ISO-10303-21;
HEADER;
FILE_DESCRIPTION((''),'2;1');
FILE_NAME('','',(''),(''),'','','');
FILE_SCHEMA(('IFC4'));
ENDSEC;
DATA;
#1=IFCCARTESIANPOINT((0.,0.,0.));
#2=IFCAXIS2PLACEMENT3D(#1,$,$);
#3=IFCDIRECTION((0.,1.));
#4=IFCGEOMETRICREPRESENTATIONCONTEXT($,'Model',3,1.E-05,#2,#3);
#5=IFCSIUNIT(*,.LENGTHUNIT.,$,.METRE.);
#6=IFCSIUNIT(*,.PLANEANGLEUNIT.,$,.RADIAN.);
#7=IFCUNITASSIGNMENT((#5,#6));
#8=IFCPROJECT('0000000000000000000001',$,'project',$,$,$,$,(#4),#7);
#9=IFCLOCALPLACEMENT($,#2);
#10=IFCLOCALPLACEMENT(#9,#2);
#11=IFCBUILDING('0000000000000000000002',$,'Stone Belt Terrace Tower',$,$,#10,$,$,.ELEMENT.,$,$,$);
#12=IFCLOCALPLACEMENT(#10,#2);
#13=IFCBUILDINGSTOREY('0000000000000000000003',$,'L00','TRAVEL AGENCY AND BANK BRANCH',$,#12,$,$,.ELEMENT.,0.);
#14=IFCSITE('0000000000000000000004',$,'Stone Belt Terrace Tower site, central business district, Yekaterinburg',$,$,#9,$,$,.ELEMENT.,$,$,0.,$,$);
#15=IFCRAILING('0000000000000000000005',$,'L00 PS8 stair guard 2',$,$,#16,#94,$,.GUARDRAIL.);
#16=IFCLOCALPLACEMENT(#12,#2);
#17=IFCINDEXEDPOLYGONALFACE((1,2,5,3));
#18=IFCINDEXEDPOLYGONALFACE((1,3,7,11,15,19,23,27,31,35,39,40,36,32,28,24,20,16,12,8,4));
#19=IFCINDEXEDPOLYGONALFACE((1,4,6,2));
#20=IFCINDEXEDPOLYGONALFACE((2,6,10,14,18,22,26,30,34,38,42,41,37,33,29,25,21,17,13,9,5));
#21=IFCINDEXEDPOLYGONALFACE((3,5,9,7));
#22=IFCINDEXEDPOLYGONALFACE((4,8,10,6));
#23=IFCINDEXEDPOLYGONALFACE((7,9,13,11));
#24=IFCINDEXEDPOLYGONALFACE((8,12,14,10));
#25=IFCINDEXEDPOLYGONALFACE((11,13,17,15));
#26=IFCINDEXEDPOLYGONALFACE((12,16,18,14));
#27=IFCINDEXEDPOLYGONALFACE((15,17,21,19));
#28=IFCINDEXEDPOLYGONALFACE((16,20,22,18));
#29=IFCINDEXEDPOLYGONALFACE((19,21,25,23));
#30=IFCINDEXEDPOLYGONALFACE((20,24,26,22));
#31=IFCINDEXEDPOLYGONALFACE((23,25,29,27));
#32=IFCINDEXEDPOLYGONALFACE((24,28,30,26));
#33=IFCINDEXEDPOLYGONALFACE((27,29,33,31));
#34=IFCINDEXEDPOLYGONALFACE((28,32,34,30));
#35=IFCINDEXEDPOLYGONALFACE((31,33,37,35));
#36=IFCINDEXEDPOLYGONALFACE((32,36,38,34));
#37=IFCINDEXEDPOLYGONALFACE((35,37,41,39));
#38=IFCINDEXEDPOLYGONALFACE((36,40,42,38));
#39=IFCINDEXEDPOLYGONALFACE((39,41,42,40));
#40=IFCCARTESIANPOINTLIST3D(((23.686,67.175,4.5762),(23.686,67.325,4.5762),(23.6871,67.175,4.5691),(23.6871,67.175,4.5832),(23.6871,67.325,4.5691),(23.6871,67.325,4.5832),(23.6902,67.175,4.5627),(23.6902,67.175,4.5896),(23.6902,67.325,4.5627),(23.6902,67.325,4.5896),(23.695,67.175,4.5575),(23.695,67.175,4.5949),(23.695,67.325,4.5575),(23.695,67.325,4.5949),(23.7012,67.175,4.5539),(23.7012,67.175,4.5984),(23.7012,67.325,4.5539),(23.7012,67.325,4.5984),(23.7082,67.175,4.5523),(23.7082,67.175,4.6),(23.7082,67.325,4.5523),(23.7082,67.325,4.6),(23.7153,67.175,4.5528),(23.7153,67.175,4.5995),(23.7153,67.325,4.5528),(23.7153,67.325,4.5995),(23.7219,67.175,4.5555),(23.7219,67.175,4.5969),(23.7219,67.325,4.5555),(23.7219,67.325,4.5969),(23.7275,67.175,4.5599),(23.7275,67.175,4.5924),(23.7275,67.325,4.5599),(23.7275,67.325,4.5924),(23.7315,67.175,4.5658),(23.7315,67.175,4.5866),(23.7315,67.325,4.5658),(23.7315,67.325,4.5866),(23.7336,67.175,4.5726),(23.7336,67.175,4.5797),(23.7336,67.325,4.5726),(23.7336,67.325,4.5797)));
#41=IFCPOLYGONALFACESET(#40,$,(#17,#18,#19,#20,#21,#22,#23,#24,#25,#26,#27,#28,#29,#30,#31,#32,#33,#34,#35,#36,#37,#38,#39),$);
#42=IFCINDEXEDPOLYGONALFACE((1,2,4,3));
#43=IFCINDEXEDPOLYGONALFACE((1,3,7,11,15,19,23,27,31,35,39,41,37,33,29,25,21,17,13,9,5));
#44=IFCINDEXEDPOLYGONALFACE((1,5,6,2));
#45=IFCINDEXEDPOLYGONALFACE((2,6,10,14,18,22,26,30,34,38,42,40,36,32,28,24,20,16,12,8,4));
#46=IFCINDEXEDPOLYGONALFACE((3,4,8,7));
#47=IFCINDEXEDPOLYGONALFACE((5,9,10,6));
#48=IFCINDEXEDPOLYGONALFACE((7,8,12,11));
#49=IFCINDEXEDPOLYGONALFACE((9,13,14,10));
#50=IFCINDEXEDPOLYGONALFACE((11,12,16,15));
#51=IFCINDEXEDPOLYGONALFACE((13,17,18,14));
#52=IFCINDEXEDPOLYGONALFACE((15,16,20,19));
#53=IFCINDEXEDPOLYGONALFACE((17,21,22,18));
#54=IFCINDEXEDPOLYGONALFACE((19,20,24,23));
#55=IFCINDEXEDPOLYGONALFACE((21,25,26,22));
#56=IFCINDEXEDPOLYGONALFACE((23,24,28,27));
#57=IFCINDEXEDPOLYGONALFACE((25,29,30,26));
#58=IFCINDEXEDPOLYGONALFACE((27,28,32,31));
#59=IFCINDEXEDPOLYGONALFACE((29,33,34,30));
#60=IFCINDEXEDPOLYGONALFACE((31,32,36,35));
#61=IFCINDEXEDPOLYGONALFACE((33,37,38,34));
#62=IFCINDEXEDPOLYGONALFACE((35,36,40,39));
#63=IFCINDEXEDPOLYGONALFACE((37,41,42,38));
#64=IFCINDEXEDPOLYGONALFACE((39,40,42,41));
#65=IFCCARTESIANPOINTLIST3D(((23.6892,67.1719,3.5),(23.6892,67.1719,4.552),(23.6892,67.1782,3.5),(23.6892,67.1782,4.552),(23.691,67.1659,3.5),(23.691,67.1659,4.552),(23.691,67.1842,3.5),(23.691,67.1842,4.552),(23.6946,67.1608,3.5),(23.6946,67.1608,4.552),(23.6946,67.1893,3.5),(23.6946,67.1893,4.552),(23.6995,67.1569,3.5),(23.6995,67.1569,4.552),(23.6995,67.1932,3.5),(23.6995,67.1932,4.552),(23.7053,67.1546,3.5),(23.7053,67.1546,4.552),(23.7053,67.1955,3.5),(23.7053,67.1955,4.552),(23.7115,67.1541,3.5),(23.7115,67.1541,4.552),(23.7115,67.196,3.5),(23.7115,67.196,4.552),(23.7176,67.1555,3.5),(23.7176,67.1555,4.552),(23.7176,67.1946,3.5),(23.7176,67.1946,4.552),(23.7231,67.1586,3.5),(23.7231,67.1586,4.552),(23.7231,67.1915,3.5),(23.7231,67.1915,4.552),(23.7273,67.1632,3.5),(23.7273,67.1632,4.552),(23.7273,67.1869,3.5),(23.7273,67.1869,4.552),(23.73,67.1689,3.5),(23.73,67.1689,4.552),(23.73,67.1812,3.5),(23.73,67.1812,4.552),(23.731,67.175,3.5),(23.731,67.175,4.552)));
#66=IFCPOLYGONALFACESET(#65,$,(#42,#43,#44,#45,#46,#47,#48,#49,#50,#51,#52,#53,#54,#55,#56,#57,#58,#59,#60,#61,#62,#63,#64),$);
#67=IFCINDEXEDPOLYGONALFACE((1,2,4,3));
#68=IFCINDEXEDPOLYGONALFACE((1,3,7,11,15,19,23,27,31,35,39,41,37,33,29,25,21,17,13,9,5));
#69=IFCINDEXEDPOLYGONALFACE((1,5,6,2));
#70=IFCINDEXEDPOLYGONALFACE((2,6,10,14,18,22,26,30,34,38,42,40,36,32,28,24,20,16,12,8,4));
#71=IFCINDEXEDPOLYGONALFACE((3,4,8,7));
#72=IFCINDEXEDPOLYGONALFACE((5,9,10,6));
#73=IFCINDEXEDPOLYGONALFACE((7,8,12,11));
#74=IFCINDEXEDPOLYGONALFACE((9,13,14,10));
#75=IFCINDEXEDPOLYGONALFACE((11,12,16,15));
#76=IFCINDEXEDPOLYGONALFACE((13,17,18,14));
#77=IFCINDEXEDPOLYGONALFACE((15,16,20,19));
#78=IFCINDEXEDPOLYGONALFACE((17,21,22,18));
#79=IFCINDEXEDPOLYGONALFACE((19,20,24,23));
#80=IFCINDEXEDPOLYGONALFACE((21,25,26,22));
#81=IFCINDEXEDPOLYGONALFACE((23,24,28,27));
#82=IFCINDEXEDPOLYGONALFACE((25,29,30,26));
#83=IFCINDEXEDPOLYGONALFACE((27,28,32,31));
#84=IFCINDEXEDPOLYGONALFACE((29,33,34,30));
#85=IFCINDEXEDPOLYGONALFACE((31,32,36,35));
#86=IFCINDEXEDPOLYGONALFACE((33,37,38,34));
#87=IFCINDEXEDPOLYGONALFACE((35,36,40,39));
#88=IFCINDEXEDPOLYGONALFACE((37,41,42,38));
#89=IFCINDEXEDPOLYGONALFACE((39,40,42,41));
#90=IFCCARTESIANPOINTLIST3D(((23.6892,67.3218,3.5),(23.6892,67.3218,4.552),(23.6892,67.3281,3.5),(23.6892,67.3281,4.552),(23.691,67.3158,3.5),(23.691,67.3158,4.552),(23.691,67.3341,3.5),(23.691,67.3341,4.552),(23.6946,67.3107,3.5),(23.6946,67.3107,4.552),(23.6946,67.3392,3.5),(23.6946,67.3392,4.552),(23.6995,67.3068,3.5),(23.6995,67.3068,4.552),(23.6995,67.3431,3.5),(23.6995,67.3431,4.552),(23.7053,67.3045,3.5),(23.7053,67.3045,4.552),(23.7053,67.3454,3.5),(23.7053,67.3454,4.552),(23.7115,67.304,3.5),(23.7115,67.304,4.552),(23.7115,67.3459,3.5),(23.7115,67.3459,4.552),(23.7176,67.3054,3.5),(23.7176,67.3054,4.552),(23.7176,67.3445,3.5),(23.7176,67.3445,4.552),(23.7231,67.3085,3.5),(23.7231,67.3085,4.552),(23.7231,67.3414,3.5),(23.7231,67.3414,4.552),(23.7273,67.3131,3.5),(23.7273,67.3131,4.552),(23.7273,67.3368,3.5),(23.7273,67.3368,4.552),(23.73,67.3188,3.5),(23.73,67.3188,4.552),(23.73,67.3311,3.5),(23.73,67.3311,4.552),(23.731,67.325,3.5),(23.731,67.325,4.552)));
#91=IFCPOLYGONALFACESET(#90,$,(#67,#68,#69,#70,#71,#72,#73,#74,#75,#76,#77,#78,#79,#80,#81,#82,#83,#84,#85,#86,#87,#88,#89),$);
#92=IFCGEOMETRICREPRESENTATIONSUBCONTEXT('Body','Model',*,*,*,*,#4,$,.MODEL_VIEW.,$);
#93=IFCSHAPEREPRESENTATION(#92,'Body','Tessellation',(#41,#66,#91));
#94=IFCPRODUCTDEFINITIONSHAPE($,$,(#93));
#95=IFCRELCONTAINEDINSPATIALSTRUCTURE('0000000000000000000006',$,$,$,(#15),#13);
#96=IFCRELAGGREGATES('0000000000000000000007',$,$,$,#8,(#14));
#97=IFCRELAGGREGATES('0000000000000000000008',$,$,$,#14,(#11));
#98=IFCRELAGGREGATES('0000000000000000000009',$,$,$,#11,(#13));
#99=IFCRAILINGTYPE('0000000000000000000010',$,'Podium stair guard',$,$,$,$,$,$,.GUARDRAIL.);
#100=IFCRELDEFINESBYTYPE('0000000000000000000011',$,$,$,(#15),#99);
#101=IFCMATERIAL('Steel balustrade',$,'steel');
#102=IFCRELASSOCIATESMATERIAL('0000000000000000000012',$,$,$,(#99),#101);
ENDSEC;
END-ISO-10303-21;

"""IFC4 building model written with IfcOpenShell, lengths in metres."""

from ifc_helpers import new_model, si_unit, direction, frame, origin, origin_2d, place, context, subcontext, project, spatial, circle, extrude, material, type_object, element, save


model = new_model("IFC4")

# Units and contexts
model_context = context("Model", 3, precision=1e-05, world=origin(), true_north=direction((0.0, 1.0)))
body_context = subcontext(model_context, "Body", "Model", "MODEL_VIEW")
ifc_project = project(units=[si_unit("LENGTHUNIT", "METRE"), si_unit("PLANEANGLEUNIT", "RADIAN")], contexts=[model_context])

# Site, building, storey
site_placement = place(None, origin())
site = spatial("IfcSite", under=ifc_project, at=site_placement, Name="Stone Belt Terrace Tower site, central business district, Yekaterinburg", CompositionType="ELEMENT", RefElevation=0.0)
building_placement = place(site_placement, origin())
building = spatial("IfcBuilding", under=site, at=building_placement, Name="Stone Belt Terrace Tower", CompositionType="ELEMENT")
storey_placement = place(building_placement, origin())
storey = spatial("IfcBuildingStorey", under=building, at=storey_placement, Name="L00", Description="TRAVEL AGENCY AND BANK BRANCH", CompositionType="ELEMENT", Elevation=0.0)

# Railing
ifc_material_1 = material(Name="Steel balustrade", Category="steel")
railing_type_1 = type_object("IfcRailingType", Name="Podium stair guard", PredefinedType="GUARDRAIL", material=ifc_material_1)
railing_1_placement = place(storey_placement, frame((23.71, 67.175, 3.5)))
element("IfcRailing", 1, at=railing_1_placement, inside=storey, type_object=railing_type_1, Name="L00 PS8 stair guard 2", PredefinedType="GUARDRAIL", context=body_context, shape_type="SweptSolid", body=[
    extrude(circle(Radius=0.0239, at=origin_2d()), frame((0.0, 0.0, 1.0762), z_axis=(0.0, 1.0, 0.0), x_axis=(-1.0, 0.0, 0.0)), (0.0, 0.0, 1.0), 0.1499),
    extrude(circle(Radius=0.021, at=origin_2d()), origin(), (0.0, 0.0, 1.0), 1.052),
    extrude(circle(Radius=0.021, at=origin_2d()), frame((0.0, 0.1499, 0.0)), (0.0, 0.0, 1.0), 1.052),
])

save(model, "model.ifc")
